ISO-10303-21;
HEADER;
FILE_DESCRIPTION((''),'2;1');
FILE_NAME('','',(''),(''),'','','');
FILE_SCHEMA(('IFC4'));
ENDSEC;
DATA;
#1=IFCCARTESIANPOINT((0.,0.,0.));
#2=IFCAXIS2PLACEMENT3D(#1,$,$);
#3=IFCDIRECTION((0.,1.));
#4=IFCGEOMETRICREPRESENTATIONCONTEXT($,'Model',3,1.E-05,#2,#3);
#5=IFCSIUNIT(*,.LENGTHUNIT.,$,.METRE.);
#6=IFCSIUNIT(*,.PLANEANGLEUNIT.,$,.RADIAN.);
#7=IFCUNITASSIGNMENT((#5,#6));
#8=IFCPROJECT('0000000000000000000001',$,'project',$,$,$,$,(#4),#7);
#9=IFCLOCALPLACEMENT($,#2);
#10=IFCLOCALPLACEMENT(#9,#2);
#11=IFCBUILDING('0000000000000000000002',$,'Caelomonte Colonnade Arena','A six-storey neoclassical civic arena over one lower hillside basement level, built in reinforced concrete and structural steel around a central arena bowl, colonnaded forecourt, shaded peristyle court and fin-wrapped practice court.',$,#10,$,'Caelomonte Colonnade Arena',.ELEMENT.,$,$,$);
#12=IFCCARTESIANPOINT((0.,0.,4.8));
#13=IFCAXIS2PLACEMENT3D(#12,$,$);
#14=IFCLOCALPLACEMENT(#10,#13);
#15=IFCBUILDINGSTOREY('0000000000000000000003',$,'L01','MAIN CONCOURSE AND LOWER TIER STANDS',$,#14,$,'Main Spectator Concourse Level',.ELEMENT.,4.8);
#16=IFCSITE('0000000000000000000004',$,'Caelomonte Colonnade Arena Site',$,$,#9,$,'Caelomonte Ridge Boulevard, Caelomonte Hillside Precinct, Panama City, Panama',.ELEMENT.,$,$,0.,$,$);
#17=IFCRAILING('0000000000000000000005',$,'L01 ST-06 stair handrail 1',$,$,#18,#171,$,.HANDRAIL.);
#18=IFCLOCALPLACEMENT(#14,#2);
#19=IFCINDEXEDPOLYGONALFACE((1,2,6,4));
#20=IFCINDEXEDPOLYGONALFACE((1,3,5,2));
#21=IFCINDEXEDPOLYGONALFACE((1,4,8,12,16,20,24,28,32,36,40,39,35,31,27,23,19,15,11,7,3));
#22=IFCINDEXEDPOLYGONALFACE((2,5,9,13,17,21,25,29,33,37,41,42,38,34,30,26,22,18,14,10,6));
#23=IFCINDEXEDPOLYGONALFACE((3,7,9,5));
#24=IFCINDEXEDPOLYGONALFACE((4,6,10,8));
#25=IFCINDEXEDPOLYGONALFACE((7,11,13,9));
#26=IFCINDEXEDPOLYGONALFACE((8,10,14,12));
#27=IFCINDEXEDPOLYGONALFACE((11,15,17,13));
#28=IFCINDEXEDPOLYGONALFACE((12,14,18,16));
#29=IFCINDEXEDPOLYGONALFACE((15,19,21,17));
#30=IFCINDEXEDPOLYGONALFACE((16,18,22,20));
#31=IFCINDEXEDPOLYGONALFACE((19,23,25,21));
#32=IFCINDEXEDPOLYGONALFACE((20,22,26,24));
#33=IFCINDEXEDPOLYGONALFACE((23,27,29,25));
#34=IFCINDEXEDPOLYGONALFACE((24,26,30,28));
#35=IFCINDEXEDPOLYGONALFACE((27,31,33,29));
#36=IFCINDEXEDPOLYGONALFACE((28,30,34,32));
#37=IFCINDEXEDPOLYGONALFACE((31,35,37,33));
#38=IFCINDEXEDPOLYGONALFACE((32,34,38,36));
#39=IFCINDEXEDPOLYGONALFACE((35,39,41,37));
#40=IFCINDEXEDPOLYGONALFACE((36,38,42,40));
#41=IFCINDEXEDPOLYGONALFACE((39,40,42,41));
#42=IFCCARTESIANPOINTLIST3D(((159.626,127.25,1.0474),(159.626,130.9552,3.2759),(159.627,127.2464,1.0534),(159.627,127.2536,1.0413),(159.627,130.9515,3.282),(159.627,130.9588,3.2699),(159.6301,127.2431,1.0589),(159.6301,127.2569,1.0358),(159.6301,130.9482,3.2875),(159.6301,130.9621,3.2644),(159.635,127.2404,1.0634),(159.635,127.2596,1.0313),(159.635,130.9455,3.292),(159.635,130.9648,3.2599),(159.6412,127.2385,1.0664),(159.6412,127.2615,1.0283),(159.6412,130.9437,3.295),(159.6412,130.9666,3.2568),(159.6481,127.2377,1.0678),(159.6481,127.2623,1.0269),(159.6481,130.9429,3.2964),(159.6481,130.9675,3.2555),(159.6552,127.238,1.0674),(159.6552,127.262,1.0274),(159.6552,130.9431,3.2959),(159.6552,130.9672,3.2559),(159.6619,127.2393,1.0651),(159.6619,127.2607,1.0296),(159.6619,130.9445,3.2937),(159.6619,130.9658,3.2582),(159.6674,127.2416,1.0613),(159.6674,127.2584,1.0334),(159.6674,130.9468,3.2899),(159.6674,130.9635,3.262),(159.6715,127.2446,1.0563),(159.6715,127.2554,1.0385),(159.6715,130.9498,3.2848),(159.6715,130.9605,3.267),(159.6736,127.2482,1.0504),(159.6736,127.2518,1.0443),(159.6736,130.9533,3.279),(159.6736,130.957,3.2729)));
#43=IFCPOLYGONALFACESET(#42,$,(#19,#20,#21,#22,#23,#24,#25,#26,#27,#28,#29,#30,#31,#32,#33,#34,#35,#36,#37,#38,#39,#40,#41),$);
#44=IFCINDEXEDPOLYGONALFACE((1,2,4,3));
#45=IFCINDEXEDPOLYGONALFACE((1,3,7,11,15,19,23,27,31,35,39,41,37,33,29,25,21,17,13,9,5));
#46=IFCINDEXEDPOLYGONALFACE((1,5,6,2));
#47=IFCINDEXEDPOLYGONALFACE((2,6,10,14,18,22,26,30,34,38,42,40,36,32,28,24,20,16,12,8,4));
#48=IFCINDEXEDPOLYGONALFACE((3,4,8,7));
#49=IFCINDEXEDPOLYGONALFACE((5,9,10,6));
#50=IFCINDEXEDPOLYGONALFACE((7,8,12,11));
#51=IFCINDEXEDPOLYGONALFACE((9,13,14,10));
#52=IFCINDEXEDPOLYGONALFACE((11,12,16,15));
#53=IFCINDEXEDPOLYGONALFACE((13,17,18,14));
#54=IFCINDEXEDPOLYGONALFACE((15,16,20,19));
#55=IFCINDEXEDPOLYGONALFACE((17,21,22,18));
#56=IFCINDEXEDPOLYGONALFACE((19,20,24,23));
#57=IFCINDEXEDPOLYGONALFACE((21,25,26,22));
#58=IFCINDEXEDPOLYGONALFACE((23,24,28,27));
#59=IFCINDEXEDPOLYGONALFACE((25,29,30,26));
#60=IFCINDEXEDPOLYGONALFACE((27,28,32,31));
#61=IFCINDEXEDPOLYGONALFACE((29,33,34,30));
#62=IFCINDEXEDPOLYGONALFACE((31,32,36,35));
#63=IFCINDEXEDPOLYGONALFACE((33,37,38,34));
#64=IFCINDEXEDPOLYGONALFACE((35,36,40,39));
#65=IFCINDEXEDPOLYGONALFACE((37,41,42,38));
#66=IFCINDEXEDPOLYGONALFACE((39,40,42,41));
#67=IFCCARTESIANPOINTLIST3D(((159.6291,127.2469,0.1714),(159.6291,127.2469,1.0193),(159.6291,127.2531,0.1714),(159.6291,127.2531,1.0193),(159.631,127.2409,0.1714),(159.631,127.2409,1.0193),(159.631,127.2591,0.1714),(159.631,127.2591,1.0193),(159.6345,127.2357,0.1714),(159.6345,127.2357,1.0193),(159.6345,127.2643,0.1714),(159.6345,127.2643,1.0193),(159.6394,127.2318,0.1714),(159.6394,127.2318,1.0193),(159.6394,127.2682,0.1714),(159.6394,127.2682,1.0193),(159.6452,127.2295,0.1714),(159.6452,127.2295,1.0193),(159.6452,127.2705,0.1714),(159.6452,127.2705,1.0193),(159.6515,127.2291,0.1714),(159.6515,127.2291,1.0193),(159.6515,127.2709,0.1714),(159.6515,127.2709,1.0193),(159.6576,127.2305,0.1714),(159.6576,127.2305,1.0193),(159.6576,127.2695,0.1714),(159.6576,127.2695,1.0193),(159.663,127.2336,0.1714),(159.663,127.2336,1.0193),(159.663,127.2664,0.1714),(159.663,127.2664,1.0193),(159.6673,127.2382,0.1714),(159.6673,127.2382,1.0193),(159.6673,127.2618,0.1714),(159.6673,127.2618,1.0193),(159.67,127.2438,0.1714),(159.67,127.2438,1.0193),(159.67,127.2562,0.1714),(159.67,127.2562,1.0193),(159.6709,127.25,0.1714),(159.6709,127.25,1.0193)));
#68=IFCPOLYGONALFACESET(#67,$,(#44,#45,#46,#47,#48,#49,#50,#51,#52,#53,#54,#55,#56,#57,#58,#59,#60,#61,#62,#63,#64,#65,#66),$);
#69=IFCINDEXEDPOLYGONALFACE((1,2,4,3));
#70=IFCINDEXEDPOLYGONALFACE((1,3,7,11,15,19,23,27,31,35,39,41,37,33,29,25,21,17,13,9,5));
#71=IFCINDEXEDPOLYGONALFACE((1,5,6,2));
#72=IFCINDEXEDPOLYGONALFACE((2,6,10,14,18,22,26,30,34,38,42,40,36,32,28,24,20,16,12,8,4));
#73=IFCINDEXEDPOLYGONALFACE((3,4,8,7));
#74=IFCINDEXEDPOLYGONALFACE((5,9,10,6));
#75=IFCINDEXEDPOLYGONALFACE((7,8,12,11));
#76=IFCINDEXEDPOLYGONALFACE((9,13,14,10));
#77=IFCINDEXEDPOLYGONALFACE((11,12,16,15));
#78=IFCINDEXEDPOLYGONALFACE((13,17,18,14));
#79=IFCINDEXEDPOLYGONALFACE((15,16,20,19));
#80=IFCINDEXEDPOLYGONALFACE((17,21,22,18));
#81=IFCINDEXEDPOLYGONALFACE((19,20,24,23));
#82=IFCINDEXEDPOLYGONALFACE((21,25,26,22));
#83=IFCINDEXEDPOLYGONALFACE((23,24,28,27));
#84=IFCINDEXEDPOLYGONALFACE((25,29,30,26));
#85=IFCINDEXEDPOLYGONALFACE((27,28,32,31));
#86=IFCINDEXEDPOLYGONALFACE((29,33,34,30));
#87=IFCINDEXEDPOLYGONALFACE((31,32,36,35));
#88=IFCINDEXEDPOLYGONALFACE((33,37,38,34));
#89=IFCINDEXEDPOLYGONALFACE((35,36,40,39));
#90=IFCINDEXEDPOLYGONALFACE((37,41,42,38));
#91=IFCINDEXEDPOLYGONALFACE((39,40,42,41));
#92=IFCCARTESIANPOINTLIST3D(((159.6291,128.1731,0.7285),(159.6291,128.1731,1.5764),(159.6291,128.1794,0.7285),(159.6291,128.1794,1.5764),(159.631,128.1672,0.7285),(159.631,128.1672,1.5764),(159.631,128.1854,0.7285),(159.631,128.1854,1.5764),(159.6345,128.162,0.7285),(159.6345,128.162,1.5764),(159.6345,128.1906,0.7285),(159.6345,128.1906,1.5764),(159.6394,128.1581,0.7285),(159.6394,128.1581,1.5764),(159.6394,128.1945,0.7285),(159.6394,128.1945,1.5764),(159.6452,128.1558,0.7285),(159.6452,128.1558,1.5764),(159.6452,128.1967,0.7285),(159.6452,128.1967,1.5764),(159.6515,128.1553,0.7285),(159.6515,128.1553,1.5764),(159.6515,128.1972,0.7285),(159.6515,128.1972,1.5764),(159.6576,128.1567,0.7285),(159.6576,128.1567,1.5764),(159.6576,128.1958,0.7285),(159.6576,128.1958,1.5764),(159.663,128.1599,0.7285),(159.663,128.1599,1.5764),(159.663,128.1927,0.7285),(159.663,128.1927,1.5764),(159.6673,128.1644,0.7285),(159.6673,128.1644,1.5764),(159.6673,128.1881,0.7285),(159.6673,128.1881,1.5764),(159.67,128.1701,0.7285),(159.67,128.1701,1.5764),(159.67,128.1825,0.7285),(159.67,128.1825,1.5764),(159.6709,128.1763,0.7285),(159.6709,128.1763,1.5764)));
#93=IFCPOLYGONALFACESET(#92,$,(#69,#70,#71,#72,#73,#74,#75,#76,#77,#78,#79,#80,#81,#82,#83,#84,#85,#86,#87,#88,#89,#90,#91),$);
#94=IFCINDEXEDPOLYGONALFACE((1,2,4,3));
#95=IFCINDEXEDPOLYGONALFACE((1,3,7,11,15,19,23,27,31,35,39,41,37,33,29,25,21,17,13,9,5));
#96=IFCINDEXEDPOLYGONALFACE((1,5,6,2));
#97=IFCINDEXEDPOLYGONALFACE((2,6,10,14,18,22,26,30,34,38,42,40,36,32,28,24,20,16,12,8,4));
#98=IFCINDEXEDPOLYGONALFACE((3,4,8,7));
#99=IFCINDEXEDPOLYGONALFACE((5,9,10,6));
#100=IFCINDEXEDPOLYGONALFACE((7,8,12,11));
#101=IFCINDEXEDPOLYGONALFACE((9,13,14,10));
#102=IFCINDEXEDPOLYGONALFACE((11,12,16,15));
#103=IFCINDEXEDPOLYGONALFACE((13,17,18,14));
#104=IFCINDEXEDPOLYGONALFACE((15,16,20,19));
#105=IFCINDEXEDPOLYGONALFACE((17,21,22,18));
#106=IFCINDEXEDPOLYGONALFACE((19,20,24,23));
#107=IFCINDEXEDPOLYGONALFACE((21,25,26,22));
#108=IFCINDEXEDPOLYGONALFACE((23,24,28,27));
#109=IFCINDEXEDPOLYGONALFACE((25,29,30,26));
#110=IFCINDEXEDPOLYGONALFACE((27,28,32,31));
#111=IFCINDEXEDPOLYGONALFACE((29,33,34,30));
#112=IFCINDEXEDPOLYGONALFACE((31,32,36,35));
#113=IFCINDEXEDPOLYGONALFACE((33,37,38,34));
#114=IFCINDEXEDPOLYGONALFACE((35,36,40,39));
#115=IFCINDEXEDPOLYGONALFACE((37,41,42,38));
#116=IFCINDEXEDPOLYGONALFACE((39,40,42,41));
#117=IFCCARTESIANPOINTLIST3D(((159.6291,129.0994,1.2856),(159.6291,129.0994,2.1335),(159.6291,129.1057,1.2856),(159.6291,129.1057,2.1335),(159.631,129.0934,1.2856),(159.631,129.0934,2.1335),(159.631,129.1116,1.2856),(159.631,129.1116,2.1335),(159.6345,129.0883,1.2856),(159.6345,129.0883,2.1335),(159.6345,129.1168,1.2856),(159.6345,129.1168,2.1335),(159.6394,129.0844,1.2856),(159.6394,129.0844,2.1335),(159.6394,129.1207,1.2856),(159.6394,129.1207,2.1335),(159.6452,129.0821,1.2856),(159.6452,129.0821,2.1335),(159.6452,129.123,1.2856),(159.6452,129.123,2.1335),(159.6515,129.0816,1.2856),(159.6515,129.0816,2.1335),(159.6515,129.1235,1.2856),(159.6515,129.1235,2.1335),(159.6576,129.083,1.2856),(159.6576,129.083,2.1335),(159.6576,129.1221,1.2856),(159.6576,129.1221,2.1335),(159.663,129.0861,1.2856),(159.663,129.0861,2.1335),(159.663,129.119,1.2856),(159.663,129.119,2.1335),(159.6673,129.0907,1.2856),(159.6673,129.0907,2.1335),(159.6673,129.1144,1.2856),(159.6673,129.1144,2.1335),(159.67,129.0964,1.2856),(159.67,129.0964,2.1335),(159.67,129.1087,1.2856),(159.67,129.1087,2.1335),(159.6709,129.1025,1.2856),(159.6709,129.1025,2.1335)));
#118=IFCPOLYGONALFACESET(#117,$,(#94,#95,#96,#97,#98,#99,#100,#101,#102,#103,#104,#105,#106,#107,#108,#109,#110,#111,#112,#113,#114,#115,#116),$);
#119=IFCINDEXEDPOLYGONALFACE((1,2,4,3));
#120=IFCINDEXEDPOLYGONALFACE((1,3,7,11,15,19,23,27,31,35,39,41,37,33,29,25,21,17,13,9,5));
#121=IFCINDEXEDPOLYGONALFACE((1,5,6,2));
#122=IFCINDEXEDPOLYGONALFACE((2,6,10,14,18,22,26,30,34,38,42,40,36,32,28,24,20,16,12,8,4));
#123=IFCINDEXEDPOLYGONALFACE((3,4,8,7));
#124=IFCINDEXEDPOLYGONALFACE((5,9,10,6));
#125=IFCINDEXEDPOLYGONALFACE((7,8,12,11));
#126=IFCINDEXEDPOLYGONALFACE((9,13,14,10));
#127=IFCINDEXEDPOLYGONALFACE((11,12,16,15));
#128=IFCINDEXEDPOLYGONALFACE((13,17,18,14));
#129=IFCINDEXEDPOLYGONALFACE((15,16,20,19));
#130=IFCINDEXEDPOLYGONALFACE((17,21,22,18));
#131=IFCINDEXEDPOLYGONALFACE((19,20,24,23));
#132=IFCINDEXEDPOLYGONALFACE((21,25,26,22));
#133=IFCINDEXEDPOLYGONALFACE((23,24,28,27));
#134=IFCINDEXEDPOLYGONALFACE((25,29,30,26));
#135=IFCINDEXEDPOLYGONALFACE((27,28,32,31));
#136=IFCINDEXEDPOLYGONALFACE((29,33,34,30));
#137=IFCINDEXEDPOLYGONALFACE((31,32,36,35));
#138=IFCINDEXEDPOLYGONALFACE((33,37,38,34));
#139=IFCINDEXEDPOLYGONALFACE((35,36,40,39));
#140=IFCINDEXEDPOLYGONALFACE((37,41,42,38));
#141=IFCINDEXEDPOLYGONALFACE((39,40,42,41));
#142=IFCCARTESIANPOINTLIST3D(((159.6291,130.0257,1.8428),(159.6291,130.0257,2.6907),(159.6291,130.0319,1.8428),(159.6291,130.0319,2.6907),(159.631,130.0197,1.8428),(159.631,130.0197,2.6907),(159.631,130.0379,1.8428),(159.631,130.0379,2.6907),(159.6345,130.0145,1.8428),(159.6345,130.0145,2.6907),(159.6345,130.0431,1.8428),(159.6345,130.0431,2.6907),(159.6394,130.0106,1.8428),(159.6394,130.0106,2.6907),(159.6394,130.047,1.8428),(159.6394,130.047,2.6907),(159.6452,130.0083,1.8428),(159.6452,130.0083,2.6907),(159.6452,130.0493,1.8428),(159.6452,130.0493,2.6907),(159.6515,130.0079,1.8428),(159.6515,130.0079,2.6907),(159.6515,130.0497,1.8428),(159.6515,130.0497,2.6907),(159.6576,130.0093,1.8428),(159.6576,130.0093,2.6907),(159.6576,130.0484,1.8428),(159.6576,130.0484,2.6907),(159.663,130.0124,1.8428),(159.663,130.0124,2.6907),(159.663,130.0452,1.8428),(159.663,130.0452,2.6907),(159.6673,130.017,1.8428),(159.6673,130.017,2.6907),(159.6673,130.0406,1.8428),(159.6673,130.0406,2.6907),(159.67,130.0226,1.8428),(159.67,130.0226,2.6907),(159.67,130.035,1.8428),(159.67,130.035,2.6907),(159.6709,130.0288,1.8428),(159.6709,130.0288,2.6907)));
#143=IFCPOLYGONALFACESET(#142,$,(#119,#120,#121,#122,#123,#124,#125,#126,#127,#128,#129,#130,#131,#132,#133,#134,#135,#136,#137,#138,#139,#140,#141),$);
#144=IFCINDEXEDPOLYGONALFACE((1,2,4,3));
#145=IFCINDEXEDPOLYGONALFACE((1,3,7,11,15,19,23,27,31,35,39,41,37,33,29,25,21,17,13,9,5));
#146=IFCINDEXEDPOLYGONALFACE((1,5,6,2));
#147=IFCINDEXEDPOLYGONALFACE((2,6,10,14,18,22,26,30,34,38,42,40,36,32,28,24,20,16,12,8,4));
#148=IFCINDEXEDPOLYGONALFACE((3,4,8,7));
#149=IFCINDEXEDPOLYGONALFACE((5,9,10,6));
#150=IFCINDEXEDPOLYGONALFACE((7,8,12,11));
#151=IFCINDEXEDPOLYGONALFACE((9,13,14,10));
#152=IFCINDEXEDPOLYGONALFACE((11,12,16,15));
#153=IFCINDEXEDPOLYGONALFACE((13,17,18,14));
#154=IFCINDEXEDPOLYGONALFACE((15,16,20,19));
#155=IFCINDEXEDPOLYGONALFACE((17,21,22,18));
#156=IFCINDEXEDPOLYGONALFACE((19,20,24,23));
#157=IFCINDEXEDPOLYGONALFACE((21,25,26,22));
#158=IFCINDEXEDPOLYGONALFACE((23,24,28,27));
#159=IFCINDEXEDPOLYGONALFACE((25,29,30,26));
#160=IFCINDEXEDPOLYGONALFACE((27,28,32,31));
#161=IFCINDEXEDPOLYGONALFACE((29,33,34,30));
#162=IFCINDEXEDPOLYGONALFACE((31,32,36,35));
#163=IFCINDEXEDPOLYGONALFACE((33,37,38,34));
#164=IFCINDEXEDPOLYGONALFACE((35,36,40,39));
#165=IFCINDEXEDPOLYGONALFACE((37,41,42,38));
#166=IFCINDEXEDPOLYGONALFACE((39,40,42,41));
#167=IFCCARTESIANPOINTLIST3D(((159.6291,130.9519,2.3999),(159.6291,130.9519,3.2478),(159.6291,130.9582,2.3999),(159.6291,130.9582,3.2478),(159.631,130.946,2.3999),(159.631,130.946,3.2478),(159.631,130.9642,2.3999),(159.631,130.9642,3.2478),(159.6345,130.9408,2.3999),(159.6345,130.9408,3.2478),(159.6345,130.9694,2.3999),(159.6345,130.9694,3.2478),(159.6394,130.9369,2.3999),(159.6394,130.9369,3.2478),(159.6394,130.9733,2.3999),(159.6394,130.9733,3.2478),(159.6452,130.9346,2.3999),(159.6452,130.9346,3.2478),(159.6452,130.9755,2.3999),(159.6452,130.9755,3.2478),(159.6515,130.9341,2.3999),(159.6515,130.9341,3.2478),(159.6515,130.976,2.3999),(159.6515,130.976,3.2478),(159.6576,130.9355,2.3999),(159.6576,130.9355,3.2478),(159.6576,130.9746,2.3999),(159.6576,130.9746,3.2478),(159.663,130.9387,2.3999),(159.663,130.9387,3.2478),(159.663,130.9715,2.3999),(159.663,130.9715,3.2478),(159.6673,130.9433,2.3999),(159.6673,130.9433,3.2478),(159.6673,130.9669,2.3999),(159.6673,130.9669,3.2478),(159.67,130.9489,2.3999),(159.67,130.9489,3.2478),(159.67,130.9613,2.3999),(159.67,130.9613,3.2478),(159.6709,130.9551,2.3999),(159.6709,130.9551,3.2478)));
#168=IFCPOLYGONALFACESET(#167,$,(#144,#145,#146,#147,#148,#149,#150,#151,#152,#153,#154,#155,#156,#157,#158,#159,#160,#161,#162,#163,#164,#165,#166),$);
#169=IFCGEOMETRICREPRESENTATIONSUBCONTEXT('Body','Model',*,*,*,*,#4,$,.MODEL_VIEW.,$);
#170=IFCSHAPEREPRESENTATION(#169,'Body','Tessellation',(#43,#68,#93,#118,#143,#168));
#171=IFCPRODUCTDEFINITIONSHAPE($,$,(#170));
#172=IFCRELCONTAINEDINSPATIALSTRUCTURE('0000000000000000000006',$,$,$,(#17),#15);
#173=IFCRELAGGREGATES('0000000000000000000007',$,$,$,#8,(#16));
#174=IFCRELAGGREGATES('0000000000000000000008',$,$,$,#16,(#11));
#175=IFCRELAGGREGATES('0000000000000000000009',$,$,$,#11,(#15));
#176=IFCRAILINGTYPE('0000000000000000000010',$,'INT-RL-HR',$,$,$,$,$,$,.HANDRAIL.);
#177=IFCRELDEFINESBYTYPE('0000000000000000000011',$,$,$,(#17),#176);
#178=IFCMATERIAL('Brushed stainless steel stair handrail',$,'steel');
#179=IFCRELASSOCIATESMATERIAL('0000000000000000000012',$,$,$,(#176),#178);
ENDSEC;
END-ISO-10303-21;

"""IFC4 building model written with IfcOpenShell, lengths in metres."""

from ifc_helpers import new_model, si_unit, direction, frame, origin, origin_2d, place, context, subcontext, project, spatial, circle, extrude, material, type_object, element, save


model = new_model("IFC4")

# Units and contexts
model_context = context("Model", 3, precision=1e-05, world=origin(), true_north=direction((0.0, 1.0)))
body_context = subcontext(model_context, "Body", "Model", "MODEL_VIEW")
ifc_project = project(units=[si_unit("LENGTHUNIT", "METRE"), si_unit("PLANEANGLEUNIT", "RADIAN")], contexts=[model_context])

# Site, building, storey
site_placement = place(None, origin())
site = spatial("IfcSite", under=ifc_project, at=site_placement, Name="Caelomonte Colonnade Arena Site", LongName="Caelomonte Ridge Boulevard, Caelomonte Hillside Precinct, Panama City, Panama", CompositionType="ELEMENT", RefElevation=0.0)
building_placement = place(site_placement, origin())
building = spatial("IfcBuilding", under=site, at=building_placement, Name="Caelomonte Colonnade Arena", Description="A six-storey neoclassical civic arena over one lower hillside basement level, built in reinforced concrete and structural steel around a central arena bowl, colonnaded forecourt, shaded peristyle court and fin-wrapped practice court.", LongName="Caelomonte Colonnade Arena", CompositionType="ELEMENT")
storey_placement = place(building_placement, frame((0.0, 0.0, 4.8)))
storey = spatial("IfcBuildingStorey", under=building, at=storey_placement, Name="L01", Description="MAIN CONCOURSE AND LOWER TIER STANDS", LongName="Main Spectator Concourse Level", CompositionType="ELEMENT", Elevation=4.8)

# Railing
ifc_material_1 = material(Name="Brushed stainless steel stair handrail", Category="steel")
railing_type_1 = type_object("IfcRailingType", Name="INT-RL-HR", PredefinedType="HANDRAIL", material=ifc_material_1)
railing_1_placement = place(storey_placement, frame((159.6499, 127.25, 0.1714)))
element("IfcRailing", 1, at=railing_1_placement, inside=storey, type_object=railing_type_1, Name="L01 ST-06 stair handrail 1", PredefinedType="HANDRAIL", context=body_context, shape_type="SweptSolid", body=[
    extrude(circle(Radius=0.0239, at=origin_2d()), frame((0.0, 0.0, 0.876), z_axis=(0.0, 0.856934, 0.515425), x_axis=(-1.0, 0.0, 0.0)), (0.0, 0.0, 1.0), 4.3237),
    extrude(circle(Radius=0.021, at=origin_2d()), origin(), (0.0, 0.0, 1.0), 0.8479),
    extrude(circle(Radius=0.021, at=origin_2d()), frame((0.0, 0.9263, 0.5571)), (0.0, 0.0, 1.0), 0.8479),
    extrude(circle(Radius=0.021, at=origin_2d()), frame((0.0, 1.8525, 1.1143)), (0.0, 0.0, 1.0), 0.8479),
    extrude(circle(Radius=0.021, at=origin_2d()), frame((0.0, 2.7788, 1.6714)), (0.0, 0.0, 1.0), 0.8479),
    extrude(circle(Radius=0.021, at=origin_2d()), frame((0.0, 3.7051, 2.2285)), (0.0, 0.0, 1.0), 0.8479),
])

save(model, "model.ifc")
